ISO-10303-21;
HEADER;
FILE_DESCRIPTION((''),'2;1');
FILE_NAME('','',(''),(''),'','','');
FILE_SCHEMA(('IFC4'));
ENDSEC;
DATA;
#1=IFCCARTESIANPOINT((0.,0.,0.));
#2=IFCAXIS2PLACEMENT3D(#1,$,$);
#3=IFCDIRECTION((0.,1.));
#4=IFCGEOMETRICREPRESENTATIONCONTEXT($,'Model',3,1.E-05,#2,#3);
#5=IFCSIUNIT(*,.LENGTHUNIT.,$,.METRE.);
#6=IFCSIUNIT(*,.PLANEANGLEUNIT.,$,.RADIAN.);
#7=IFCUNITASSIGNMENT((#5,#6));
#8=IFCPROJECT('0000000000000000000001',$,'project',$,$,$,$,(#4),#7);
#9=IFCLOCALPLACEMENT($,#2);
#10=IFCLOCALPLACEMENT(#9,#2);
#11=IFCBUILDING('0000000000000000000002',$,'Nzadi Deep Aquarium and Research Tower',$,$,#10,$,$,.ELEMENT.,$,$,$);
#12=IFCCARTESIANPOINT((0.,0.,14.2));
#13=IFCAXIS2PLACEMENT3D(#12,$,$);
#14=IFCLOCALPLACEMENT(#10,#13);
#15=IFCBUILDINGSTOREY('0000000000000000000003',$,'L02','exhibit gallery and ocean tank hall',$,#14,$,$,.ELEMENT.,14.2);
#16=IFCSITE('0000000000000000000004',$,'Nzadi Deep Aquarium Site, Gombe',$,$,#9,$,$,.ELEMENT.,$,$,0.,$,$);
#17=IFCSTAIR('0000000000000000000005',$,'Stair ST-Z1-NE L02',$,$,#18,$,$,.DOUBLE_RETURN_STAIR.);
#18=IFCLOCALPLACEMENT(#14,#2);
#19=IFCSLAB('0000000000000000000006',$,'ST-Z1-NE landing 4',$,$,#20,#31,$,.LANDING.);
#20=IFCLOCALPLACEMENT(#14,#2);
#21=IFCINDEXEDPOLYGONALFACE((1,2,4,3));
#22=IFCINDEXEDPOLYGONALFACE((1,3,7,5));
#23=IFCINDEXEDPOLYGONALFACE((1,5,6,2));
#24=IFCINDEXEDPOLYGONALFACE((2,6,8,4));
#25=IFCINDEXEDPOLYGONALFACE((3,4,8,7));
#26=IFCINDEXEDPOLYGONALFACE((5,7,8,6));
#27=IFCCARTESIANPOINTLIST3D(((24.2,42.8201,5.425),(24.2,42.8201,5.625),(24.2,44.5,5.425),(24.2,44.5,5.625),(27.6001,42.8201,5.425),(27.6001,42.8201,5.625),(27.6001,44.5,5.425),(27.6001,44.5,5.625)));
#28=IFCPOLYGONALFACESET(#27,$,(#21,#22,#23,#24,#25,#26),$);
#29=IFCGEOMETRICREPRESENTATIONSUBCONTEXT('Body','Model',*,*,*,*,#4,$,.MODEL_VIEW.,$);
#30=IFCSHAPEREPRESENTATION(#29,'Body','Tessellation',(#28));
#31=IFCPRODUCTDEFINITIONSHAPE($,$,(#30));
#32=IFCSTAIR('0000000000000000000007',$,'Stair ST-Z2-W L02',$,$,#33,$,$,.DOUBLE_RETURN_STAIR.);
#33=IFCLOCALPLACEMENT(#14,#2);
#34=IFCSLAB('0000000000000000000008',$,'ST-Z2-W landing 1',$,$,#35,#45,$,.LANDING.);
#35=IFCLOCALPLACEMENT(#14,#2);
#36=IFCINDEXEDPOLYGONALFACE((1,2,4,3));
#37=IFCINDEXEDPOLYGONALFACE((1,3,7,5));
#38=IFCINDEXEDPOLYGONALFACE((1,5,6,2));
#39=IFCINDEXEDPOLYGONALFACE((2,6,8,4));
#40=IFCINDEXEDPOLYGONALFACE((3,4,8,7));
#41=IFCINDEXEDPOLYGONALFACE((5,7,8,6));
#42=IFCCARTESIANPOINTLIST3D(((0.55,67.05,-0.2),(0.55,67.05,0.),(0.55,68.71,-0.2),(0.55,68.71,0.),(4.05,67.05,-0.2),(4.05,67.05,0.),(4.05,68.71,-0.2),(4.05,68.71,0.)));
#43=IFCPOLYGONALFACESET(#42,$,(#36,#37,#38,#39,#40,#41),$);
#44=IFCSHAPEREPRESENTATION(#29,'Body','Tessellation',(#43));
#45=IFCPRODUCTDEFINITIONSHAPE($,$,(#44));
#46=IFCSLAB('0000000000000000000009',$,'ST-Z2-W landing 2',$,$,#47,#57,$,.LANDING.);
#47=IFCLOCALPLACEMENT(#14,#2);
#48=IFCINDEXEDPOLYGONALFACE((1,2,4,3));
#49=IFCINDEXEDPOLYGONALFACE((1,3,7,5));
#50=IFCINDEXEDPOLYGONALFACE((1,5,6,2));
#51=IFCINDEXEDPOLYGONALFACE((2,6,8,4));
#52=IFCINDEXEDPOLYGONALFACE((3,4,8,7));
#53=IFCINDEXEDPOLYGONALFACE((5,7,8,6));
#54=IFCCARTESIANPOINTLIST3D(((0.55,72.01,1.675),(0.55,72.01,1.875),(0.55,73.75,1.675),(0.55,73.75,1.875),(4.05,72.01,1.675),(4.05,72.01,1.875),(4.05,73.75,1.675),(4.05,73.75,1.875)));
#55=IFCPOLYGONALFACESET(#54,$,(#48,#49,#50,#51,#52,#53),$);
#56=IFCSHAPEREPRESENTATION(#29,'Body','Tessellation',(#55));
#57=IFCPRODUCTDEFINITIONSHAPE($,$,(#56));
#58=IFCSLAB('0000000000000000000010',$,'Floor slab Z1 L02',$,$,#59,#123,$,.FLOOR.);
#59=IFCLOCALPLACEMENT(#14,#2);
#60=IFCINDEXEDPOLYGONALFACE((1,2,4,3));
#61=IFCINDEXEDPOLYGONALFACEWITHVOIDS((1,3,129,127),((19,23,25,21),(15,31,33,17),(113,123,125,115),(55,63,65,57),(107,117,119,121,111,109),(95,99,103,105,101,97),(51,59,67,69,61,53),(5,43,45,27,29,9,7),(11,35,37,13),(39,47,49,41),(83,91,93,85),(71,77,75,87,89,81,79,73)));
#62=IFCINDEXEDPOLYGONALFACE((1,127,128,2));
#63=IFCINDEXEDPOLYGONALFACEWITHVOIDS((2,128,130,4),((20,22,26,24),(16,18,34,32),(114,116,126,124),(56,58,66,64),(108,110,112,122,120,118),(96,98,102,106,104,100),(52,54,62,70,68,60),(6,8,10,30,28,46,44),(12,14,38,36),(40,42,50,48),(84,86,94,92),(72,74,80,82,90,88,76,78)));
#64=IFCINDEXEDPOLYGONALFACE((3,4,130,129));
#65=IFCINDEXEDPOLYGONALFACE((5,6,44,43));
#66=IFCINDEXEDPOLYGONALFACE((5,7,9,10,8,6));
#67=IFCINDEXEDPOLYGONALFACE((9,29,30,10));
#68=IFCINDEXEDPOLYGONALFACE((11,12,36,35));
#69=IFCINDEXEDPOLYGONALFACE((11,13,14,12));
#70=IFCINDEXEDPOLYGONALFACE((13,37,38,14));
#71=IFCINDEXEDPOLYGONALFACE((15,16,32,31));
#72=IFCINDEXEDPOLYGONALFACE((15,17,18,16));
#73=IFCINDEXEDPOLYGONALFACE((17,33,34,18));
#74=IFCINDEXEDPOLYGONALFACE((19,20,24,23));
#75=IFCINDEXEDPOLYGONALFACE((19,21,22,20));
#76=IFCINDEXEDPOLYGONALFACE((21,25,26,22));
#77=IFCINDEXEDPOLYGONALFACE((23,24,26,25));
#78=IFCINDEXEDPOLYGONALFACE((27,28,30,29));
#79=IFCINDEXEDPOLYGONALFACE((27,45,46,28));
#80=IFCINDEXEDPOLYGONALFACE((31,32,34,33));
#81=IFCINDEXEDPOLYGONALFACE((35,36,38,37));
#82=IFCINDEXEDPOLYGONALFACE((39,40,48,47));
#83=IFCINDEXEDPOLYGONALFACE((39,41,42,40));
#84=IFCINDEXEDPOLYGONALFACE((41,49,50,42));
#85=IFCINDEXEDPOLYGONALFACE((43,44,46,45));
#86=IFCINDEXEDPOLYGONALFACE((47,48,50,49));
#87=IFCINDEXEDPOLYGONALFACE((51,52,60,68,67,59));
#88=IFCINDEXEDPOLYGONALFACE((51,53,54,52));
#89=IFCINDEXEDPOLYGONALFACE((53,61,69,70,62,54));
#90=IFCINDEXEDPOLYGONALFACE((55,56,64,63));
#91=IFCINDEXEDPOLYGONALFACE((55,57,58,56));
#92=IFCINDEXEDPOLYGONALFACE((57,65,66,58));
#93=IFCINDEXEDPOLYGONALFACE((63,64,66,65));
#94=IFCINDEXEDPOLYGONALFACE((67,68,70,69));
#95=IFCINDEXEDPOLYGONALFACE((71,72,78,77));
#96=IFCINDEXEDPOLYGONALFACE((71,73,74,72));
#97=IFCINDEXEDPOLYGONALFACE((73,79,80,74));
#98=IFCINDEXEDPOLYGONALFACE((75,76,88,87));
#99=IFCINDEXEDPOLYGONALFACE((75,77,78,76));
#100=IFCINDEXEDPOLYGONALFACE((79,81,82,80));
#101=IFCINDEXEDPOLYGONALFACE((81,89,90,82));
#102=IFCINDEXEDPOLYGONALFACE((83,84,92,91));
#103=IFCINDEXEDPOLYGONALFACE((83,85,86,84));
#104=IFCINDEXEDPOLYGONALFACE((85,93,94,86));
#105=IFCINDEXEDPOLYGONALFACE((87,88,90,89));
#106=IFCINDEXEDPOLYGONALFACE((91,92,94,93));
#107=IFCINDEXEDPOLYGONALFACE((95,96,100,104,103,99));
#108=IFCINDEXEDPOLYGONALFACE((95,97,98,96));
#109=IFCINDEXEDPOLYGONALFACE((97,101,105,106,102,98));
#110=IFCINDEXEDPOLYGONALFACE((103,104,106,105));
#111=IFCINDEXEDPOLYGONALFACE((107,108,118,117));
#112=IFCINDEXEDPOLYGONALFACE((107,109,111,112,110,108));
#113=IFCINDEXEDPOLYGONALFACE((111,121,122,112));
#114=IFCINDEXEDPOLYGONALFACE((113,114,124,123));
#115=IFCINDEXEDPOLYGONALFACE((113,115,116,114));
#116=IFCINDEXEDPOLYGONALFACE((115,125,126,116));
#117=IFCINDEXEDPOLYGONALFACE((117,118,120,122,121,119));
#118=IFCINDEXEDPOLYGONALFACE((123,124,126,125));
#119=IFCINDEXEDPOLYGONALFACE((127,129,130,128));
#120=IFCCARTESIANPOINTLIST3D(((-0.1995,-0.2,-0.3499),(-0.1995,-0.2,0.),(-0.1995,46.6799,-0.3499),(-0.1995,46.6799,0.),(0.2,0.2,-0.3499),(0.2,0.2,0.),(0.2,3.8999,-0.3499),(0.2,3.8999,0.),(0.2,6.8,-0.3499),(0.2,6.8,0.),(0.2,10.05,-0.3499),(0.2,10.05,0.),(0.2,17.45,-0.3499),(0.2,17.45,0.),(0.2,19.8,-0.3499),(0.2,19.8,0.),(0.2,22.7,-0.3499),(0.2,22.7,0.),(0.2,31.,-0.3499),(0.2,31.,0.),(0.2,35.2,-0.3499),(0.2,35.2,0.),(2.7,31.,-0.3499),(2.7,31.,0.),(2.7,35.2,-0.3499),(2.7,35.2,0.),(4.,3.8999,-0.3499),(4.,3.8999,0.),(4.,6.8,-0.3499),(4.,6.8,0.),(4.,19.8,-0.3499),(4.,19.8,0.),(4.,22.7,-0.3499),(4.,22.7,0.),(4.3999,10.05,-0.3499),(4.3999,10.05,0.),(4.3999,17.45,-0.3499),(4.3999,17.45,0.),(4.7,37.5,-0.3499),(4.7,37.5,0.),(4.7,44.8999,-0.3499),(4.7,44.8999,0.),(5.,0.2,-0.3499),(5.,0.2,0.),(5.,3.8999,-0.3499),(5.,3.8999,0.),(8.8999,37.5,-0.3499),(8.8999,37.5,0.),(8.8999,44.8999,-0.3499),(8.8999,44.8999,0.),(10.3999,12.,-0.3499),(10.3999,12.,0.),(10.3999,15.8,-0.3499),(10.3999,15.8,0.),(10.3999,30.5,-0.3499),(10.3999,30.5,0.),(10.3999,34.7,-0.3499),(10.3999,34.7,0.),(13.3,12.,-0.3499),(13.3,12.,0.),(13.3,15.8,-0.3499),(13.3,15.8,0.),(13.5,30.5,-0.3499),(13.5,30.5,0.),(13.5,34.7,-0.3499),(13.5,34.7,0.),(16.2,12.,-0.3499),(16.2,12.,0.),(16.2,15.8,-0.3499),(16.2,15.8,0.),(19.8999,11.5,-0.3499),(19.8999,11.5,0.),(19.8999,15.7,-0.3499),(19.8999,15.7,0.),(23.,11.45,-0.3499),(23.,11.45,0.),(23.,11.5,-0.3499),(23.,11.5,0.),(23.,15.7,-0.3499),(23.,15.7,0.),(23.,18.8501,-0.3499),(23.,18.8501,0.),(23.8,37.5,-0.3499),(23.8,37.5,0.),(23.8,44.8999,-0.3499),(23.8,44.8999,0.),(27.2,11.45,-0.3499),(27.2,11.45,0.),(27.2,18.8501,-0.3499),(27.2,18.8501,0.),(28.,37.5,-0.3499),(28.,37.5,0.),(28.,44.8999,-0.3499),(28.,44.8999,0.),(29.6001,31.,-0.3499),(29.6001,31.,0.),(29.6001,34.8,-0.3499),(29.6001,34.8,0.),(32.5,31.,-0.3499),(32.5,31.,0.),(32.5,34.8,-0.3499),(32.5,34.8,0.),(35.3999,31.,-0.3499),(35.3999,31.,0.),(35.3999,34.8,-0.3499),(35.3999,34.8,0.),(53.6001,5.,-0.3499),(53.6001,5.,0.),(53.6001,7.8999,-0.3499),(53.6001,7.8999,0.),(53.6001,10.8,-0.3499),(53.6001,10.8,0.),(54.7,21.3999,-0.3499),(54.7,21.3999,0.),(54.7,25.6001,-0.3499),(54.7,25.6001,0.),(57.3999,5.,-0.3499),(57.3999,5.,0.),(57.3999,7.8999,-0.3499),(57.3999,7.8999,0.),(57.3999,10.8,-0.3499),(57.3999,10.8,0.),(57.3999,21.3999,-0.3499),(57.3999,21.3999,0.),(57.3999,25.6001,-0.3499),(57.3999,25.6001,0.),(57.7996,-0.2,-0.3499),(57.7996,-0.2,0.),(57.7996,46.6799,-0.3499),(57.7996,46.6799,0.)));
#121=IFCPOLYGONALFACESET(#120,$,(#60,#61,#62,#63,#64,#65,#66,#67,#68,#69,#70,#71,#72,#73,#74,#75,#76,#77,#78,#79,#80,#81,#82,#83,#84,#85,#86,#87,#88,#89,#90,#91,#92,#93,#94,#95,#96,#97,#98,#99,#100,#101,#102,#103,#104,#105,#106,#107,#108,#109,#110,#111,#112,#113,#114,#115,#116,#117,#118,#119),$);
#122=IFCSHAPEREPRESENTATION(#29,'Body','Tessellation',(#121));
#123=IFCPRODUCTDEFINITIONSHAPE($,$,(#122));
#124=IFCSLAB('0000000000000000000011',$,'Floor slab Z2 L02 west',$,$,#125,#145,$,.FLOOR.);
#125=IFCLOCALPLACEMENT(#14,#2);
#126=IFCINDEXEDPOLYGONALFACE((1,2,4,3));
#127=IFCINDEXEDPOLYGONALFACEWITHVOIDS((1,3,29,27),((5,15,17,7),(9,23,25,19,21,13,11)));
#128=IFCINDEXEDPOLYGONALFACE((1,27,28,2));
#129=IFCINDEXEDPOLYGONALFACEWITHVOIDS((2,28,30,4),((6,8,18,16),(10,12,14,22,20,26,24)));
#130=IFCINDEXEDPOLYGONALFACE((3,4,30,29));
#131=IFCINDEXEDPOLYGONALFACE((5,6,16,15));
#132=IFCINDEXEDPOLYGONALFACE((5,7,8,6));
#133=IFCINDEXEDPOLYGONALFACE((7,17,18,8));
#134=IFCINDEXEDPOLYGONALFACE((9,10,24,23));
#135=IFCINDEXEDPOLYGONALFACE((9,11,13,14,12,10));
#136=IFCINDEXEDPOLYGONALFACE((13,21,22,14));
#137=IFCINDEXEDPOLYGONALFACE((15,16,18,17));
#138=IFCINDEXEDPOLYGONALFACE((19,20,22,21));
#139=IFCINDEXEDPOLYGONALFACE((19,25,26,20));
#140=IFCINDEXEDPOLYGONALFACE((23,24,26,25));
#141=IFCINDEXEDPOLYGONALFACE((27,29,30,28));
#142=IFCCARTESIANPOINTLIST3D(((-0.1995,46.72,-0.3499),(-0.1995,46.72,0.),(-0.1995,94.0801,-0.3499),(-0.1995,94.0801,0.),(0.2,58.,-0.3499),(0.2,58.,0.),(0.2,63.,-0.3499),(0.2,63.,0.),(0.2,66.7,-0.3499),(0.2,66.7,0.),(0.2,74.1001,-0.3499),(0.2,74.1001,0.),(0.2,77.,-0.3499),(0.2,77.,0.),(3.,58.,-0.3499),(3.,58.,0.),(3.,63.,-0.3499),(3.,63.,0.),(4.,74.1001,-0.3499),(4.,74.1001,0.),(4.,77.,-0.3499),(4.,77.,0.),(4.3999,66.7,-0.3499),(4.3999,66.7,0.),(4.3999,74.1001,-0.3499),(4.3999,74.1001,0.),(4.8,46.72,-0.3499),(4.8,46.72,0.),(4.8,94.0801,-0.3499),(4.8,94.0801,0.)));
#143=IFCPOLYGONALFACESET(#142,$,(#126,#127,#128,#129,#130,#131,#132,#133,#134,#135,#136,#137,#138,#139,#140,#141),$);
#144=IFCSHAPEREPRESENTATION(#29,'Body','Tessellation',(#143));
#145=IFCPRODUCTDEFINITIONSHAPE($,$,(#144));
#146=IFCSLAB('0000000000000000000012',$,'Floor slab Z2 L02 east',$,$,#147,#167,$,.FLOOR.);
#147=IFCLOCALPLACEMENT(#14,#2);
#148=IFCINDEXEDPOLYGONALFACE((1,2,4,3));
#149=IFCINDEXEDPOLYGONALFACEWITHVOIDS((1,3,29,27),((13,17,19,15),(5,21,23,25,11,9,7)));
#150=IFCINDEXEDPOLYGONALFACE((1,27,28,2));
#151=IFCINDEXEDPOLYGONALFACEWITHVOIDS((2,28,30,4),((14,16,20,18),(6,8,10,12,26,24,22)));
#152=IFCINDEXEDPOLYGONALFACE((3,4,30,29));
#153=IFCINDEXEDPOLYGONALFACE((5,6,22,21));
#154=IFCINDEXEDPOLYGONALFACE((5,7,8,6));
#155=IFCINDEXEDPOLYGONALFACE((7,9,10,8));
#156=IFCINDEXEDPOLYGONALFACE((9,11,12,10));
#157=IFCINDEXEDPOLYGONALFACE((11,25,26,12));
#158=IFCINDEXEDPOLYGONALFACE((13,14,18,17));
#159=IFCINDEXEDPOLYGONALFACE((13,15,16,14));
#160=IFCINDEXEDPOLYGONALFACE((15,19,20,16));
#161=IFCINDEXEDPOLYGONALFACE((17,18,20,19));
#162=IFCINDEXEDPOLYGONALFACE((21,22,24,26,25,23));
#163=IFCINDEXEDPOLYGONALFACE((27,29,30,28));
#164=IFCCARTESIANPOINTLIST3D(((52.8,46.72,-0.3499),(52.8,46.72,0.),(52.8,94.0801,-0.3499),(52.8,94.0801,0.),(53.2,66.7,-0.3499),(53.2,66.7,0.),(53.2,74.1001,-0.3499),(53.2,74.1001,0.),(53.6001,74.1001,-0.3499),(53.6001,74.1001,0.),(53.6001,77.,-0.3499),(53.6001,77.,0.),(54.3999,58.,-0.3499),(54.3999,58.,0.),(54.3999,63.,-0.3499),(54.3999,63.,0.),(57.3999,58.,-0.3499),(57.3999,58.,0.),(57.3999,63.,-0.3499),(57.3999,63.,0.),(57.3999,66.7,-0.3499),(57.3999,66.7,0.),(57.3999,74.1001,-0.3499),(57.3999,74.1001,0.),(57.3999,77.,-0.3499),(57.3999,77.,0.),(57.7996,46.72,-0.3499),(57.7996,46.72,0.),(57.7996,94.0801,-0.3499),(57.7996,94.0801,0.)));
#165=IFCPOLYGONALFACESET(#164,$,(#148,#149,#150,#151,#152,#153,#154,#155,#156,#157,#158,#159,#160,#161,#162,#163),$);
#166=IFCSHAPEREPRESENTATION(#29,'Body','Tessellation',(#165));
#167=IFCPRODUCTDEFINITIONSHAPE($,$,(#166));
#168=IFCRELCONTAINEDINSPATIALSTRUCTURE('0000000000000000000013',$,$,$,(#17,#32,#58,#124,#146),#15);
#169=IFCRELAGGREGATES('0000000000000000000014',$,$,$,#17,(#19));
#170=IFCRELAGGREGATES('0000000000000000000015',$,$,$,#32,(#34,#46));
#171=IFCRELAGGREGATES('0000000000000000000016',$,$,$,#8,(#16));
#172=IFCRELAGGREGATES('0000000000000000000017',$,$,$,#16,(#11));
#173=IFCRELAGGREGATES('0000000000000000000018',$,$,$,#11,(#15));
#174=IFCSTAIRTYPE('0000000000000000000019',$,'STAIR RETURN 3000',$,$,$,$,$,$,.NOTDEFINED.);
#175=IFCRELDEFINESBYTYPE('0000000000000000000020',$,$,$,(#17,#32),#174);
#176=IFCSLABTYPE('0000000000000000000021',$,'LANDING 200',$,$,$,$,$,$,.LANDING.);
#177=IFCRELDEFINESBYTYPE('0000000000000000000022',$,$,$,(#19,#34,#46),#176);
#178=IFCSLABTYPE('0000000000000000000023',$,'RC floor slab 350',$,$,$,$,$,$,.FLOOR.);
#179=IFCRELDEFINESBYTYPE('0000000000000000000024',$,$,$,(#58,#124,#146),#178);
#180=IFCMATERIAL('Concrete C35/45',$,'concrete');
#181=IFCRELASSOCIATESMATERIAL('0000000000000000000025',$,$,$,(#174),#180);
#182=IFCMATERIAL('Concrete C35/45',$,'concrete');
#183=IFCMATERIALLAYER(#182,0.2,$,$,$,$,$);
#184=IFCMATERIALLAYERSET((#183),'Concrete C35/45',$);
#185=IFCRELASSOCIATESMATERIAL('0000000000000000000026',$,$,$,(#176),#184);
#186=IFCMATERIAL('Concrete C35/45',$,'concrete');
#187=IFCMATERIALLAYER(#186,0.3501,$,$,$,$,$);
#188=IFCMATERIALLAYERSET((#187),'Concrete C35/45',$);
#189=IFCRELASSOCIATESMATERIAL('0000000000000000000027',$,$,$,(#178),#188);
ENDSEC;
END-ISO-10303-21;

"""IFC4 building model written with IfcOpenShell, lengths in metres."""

from ifc_helpers import new_model, si_unit, direction, frame, origin, place, context, subcontext, project, spatial, polyline, outline, extrude, material, layer, layer_set, type_object, element, aggregate, save


model = new_model("IFC4")

# Units and contexts
model_context = context("Model", 3, precision=1e-05, world=origin(), true_north=direction((0.0, 1.0)))
body_context = subcontext(model_context, "Body", "Model", "MODEL_VIEW")
ifc_project = project(units=[si_unit("LENGTHUNIT", "METRE"), si_unit("PLANEANGLEUNIT", "RADIAN")], contexts=[model_context])

# Site, building, storey
site_placement = place(None, origin())
site = spatial("IfcSite", under=ifc_project, at=site_placement, Name="Nzadi Deep Aquarium Site, Gombe", CompositionType="ELEMENT", RefElevation=0.0)
building_placement = place(site_placement, origin())
building = spatial("IfcBuilding", under=site, at=building_placement, Name="Nzadi Deep Aquarium and Research Tower", CompositionType="ELEMENT")
storey_placement = place(building_placement, frame((0.0, 0.0, 14.2)))
storey = spatial("IfcBuildingStorey", under=building, at=storey_placement, Name="L02", Description="exhibit gallery and ocean tank hall", CompositionType="ELEMENT", Elevation=14.2)

# Stairs, slabs
ifc_material_1 = material(Name="Concrete C35/45", Category="concrete")
stair_type = type_object("IfcStairType", Name="STAIR RETURN 3000", PredefinedType="NOTDEFINED", material=ifc_material_1)
ifc_material_2 = material(Name="Concrete C35/45", Category="concrete")
ifc_layer_1 = layer(ifc_material_2, 0.2)
ifc_layer_set_1 = layer_set([ifc_layer_1], Name="Concrete C35/45")
slab_type_1 = type_object("IfcSlabType", Name="LANDING 200", PredefinedType="LANDING", material=ifc_layer_set_1)
stair_1_placement = place(storey_placement, origin())
stair_1 = element("IfcStair", 1, at=stair_1_placement, inside=storey, type_object=stair_type, Name="Stair ST-Z1-NE L02", PredefinedType="DOUBLE_RETURN_STAIR")
slab_1_placement = place(storey_placement, frame((0.0, 0.0, 5.425)))
slab_1 = element("IfcSlab", 2, at=slab_1_placement, type_object=slab_type_1, Name="ST-Z1-NE landing 4", PredefinedType="LANDING", context=body_context, shape_type="SweptSolid", body=[
    extrude(outline(polyline([(24.2, 42.8201), (27.6001, 42.8201), (27.6001, 44.5), (24.2, 44.5), (24.2, 42.8201)])), origin(), (0.0, 0.0, 1.0), 0.2),
])
aggregate(stair_1, [slab_1])
stair_2_placement = place(storey_placement, origin())
stair_2 = element("IfcStair", 3, at=stair_2_placement, inside=storey, type_object=stair_type, Name="Stair ST-Z2-W L02", PredefinedType="DOUBLE_RETURN_STAIR")
slab_2_placement = place(storey_placement, frame((0.0, 0.0, -0.2)))
slab_2 = element("IfcSlab", 4, at=slab_2_placement, type_object=slab_type_1, Name="ST-Z2-W landing 1", PredefinedType="LANDING", context=body_context, shape_type="SweptSolid", body=[
    extrude(outline(polyline([(0.55, 67.05), (4.05, 67.05), (4.05, 68.71), (0.55, 68.71), (0.55, 67.05)])), origin(), (0.0, 0.0, 1.0), 0.2),
])
slab_3_placement = place(storey_placement, frame((0.0, 0.0, 1.675)))
slab_3 = element("IfcSlab", 5, at=slab_3_placement, type_object=slab_type_1, Name="ST-Z2-W landing 2", PredefinedType="LANDING", context=body_context, shape_type="SweptSolid", body=[
    extrude(outline(polyline([(0.55, 72.01), (4.05, 72.01), (4.05, 73.75), (0.55, 73.75), (0.55, 72.01)])), origin(), (0.0, 0.0, 1.0), 0.2),
])
aggregate(stair_2, [slab_2, slab_3])

# Slabs
ifc_material_3 = material(Name="Concrete C35/45", Category="concrete")
ifc_layer_2 = layer(ifc_material_3, 0.3501)
ifc_layer_set_2 = layer_set([ifc_layer_2], Name="Concrete C35/45")
slab_type_2 = type_object("IfcSlabType", Name="RC floor slab 350", PredefinedType="FLOOR", material=ifc_layer_set_2)
slab_4_placement = place(storey_placement, frame((0.0, 0.0, -0.3499)))
element("IfcSlab", 6, at=slab_4_placement, inside=storey, type_object=slab_type_2, Name="Floor slab Z1 L02", PredefinedType="FLOOR", context=body_context, shape_type="SweptSolid", body=[
    extrude(outline(polyline([(-0.1995, -0.2), (57.7996, -0.2), (57.7996, 46.6799), (-0.1995, 46.6799), (-0.1995, -0.2)]), holes=[polyline([(4.3999, 17.45), (4.3999, 10.05), (0.2, 10.05), (0.2, 17.45), (4.3999, 17.45)]), polyline([(19.8999, 15.7), (23.0, 15.7), (23.0, 18.8501), (27.2, 18.8501), (27.2, 11.45), (23.0, 11.45), (23.0, 11.5), (19.8999, 11.5), (19.8999, 15.7)]), polyline([(4.7, 37.5), (4.7, 44.8999), (8.8999, 44.8999), (8.8999, 37.5), (4.7, 37.5)]), polyline([(23.8, 44.8999), (28.0, 44.8999), (28.0, 37.5), (23.8, 37.5), (23.8, 44.8999)]), polyline([(0.2, 0.2), (0.2, 3.8999), (0.2, 6.8), (4.0, 6.8), (4.0, 3.8999), (5.0, 3.8999), (5.0, 0.2), (0.2, 0.2)]), polyline([(0.2, 19.8), (0.2, 22.7), (4.0, 22.7), (4.0, 19.8), (0.2, 19.8)]), polyline([(57.3999, 7.8999), (57.3999, 5.0), (53.6001, 5.0), (53.6001, 7.8999), (53.6001, 10.8), (57.3999, 10.8), (57.3999, 7.8999)]), polyline([(2.7, 31.0), (0.2, 31.0), (0.2, 35.2), (2.7, 35.2), (2.7, 31.0)]), polyline([(54.7, 21.3999), (54.7, 25.6001), (57.3999, 25.6001), (57.3999, 21.3999), (54.7, 21.3999)]), polyline([(16.2, 15.8), (16.2, 12.0), (13.3, 12.0), (10.3999, 12.0), (10.3999, 15.8), (13.3, 15.8), (16.2, 15.8)]), polyline([(10.3999, 30.5), (10.3999, 34.7), (13.5, 34.7), (13.5, 30.5), (10.3999, 30.5)]), polyline([(29.6001, 34.8), (32.5, 34.8), (35.3999, 34.8), (35.3999, 31.0), (32.5, 31.0), (29.6001, 31.0), (29.6001, 34.8)])]), origin(), (0.0, 0.0, 1.0), 0.3499),
])
slab_5_placement = place(storey_placement, frame((0.0, 0.0, -0.3499)))
element("IfcSlab", 7, at=slab_5_placement, inside=storey, type_object=slab_type_2, Name="Floor slab Z2 L02 west", PredefinedType="FLOOR", context=body_context, shape_type="SweptSolid", body=[
    extrude(outline(polyline([(4.8, 94.0801), (-0.1995, 94.0801), (-0.1995, 46.72), (4.8, 46.72), (4.8, 94.0801)]), holes=[polyline([(4.0, 77.0), (4.0, 74.1001), (4.3999, 74.1001), (4.3999, 66.7), (0.2, 66.7), (0.2, 74.1001), (0.2, 77.0), (4.0, 77.0)]), polyline([(3.0, 63.0), (3.0, 58.0), (0.2, 58.0), (0.2, 63.0), (3.0, 63.0)])]), origin(), (0.0, 0.0, 1.0), 0.3499),
])
slab_6_placement = place(storey_placement, frame((0.0, 0.0, -0.3499)))
element("IfcSlab", 8, at=slab_6_placement, inside=storey, type_object=slab_type_2, Name="Floor slab Z2 L02 east", PredefinedType="FLOOR", context=body_context, shape_type="SweptSolid", body=[
    extrude(outline(polyline([(57.7996, 94.0801), (52.8, 94.0801), (52.8, 46.72), (57.7996, 46.72), (57.7996, 94.0801)]), holes=[polyline([(53.2, 66.7), (53.2, 74.1001), (53.6001, 74.1001), (53.6001, 77.0), (57.3999, 77.0), (57.3999, 74.1001), (57.3999, 66.7), (53.2, 66.7)]), polyline([(57.3999, 63.0), (57.3999, 58.0), (54.3999, 58.0), (54.3999, 63.0), (57.3999, 63.0)])]), origin(), (0.0, 0.0, 1.0), 0.3499),
])

save(model, "model.ifc")
